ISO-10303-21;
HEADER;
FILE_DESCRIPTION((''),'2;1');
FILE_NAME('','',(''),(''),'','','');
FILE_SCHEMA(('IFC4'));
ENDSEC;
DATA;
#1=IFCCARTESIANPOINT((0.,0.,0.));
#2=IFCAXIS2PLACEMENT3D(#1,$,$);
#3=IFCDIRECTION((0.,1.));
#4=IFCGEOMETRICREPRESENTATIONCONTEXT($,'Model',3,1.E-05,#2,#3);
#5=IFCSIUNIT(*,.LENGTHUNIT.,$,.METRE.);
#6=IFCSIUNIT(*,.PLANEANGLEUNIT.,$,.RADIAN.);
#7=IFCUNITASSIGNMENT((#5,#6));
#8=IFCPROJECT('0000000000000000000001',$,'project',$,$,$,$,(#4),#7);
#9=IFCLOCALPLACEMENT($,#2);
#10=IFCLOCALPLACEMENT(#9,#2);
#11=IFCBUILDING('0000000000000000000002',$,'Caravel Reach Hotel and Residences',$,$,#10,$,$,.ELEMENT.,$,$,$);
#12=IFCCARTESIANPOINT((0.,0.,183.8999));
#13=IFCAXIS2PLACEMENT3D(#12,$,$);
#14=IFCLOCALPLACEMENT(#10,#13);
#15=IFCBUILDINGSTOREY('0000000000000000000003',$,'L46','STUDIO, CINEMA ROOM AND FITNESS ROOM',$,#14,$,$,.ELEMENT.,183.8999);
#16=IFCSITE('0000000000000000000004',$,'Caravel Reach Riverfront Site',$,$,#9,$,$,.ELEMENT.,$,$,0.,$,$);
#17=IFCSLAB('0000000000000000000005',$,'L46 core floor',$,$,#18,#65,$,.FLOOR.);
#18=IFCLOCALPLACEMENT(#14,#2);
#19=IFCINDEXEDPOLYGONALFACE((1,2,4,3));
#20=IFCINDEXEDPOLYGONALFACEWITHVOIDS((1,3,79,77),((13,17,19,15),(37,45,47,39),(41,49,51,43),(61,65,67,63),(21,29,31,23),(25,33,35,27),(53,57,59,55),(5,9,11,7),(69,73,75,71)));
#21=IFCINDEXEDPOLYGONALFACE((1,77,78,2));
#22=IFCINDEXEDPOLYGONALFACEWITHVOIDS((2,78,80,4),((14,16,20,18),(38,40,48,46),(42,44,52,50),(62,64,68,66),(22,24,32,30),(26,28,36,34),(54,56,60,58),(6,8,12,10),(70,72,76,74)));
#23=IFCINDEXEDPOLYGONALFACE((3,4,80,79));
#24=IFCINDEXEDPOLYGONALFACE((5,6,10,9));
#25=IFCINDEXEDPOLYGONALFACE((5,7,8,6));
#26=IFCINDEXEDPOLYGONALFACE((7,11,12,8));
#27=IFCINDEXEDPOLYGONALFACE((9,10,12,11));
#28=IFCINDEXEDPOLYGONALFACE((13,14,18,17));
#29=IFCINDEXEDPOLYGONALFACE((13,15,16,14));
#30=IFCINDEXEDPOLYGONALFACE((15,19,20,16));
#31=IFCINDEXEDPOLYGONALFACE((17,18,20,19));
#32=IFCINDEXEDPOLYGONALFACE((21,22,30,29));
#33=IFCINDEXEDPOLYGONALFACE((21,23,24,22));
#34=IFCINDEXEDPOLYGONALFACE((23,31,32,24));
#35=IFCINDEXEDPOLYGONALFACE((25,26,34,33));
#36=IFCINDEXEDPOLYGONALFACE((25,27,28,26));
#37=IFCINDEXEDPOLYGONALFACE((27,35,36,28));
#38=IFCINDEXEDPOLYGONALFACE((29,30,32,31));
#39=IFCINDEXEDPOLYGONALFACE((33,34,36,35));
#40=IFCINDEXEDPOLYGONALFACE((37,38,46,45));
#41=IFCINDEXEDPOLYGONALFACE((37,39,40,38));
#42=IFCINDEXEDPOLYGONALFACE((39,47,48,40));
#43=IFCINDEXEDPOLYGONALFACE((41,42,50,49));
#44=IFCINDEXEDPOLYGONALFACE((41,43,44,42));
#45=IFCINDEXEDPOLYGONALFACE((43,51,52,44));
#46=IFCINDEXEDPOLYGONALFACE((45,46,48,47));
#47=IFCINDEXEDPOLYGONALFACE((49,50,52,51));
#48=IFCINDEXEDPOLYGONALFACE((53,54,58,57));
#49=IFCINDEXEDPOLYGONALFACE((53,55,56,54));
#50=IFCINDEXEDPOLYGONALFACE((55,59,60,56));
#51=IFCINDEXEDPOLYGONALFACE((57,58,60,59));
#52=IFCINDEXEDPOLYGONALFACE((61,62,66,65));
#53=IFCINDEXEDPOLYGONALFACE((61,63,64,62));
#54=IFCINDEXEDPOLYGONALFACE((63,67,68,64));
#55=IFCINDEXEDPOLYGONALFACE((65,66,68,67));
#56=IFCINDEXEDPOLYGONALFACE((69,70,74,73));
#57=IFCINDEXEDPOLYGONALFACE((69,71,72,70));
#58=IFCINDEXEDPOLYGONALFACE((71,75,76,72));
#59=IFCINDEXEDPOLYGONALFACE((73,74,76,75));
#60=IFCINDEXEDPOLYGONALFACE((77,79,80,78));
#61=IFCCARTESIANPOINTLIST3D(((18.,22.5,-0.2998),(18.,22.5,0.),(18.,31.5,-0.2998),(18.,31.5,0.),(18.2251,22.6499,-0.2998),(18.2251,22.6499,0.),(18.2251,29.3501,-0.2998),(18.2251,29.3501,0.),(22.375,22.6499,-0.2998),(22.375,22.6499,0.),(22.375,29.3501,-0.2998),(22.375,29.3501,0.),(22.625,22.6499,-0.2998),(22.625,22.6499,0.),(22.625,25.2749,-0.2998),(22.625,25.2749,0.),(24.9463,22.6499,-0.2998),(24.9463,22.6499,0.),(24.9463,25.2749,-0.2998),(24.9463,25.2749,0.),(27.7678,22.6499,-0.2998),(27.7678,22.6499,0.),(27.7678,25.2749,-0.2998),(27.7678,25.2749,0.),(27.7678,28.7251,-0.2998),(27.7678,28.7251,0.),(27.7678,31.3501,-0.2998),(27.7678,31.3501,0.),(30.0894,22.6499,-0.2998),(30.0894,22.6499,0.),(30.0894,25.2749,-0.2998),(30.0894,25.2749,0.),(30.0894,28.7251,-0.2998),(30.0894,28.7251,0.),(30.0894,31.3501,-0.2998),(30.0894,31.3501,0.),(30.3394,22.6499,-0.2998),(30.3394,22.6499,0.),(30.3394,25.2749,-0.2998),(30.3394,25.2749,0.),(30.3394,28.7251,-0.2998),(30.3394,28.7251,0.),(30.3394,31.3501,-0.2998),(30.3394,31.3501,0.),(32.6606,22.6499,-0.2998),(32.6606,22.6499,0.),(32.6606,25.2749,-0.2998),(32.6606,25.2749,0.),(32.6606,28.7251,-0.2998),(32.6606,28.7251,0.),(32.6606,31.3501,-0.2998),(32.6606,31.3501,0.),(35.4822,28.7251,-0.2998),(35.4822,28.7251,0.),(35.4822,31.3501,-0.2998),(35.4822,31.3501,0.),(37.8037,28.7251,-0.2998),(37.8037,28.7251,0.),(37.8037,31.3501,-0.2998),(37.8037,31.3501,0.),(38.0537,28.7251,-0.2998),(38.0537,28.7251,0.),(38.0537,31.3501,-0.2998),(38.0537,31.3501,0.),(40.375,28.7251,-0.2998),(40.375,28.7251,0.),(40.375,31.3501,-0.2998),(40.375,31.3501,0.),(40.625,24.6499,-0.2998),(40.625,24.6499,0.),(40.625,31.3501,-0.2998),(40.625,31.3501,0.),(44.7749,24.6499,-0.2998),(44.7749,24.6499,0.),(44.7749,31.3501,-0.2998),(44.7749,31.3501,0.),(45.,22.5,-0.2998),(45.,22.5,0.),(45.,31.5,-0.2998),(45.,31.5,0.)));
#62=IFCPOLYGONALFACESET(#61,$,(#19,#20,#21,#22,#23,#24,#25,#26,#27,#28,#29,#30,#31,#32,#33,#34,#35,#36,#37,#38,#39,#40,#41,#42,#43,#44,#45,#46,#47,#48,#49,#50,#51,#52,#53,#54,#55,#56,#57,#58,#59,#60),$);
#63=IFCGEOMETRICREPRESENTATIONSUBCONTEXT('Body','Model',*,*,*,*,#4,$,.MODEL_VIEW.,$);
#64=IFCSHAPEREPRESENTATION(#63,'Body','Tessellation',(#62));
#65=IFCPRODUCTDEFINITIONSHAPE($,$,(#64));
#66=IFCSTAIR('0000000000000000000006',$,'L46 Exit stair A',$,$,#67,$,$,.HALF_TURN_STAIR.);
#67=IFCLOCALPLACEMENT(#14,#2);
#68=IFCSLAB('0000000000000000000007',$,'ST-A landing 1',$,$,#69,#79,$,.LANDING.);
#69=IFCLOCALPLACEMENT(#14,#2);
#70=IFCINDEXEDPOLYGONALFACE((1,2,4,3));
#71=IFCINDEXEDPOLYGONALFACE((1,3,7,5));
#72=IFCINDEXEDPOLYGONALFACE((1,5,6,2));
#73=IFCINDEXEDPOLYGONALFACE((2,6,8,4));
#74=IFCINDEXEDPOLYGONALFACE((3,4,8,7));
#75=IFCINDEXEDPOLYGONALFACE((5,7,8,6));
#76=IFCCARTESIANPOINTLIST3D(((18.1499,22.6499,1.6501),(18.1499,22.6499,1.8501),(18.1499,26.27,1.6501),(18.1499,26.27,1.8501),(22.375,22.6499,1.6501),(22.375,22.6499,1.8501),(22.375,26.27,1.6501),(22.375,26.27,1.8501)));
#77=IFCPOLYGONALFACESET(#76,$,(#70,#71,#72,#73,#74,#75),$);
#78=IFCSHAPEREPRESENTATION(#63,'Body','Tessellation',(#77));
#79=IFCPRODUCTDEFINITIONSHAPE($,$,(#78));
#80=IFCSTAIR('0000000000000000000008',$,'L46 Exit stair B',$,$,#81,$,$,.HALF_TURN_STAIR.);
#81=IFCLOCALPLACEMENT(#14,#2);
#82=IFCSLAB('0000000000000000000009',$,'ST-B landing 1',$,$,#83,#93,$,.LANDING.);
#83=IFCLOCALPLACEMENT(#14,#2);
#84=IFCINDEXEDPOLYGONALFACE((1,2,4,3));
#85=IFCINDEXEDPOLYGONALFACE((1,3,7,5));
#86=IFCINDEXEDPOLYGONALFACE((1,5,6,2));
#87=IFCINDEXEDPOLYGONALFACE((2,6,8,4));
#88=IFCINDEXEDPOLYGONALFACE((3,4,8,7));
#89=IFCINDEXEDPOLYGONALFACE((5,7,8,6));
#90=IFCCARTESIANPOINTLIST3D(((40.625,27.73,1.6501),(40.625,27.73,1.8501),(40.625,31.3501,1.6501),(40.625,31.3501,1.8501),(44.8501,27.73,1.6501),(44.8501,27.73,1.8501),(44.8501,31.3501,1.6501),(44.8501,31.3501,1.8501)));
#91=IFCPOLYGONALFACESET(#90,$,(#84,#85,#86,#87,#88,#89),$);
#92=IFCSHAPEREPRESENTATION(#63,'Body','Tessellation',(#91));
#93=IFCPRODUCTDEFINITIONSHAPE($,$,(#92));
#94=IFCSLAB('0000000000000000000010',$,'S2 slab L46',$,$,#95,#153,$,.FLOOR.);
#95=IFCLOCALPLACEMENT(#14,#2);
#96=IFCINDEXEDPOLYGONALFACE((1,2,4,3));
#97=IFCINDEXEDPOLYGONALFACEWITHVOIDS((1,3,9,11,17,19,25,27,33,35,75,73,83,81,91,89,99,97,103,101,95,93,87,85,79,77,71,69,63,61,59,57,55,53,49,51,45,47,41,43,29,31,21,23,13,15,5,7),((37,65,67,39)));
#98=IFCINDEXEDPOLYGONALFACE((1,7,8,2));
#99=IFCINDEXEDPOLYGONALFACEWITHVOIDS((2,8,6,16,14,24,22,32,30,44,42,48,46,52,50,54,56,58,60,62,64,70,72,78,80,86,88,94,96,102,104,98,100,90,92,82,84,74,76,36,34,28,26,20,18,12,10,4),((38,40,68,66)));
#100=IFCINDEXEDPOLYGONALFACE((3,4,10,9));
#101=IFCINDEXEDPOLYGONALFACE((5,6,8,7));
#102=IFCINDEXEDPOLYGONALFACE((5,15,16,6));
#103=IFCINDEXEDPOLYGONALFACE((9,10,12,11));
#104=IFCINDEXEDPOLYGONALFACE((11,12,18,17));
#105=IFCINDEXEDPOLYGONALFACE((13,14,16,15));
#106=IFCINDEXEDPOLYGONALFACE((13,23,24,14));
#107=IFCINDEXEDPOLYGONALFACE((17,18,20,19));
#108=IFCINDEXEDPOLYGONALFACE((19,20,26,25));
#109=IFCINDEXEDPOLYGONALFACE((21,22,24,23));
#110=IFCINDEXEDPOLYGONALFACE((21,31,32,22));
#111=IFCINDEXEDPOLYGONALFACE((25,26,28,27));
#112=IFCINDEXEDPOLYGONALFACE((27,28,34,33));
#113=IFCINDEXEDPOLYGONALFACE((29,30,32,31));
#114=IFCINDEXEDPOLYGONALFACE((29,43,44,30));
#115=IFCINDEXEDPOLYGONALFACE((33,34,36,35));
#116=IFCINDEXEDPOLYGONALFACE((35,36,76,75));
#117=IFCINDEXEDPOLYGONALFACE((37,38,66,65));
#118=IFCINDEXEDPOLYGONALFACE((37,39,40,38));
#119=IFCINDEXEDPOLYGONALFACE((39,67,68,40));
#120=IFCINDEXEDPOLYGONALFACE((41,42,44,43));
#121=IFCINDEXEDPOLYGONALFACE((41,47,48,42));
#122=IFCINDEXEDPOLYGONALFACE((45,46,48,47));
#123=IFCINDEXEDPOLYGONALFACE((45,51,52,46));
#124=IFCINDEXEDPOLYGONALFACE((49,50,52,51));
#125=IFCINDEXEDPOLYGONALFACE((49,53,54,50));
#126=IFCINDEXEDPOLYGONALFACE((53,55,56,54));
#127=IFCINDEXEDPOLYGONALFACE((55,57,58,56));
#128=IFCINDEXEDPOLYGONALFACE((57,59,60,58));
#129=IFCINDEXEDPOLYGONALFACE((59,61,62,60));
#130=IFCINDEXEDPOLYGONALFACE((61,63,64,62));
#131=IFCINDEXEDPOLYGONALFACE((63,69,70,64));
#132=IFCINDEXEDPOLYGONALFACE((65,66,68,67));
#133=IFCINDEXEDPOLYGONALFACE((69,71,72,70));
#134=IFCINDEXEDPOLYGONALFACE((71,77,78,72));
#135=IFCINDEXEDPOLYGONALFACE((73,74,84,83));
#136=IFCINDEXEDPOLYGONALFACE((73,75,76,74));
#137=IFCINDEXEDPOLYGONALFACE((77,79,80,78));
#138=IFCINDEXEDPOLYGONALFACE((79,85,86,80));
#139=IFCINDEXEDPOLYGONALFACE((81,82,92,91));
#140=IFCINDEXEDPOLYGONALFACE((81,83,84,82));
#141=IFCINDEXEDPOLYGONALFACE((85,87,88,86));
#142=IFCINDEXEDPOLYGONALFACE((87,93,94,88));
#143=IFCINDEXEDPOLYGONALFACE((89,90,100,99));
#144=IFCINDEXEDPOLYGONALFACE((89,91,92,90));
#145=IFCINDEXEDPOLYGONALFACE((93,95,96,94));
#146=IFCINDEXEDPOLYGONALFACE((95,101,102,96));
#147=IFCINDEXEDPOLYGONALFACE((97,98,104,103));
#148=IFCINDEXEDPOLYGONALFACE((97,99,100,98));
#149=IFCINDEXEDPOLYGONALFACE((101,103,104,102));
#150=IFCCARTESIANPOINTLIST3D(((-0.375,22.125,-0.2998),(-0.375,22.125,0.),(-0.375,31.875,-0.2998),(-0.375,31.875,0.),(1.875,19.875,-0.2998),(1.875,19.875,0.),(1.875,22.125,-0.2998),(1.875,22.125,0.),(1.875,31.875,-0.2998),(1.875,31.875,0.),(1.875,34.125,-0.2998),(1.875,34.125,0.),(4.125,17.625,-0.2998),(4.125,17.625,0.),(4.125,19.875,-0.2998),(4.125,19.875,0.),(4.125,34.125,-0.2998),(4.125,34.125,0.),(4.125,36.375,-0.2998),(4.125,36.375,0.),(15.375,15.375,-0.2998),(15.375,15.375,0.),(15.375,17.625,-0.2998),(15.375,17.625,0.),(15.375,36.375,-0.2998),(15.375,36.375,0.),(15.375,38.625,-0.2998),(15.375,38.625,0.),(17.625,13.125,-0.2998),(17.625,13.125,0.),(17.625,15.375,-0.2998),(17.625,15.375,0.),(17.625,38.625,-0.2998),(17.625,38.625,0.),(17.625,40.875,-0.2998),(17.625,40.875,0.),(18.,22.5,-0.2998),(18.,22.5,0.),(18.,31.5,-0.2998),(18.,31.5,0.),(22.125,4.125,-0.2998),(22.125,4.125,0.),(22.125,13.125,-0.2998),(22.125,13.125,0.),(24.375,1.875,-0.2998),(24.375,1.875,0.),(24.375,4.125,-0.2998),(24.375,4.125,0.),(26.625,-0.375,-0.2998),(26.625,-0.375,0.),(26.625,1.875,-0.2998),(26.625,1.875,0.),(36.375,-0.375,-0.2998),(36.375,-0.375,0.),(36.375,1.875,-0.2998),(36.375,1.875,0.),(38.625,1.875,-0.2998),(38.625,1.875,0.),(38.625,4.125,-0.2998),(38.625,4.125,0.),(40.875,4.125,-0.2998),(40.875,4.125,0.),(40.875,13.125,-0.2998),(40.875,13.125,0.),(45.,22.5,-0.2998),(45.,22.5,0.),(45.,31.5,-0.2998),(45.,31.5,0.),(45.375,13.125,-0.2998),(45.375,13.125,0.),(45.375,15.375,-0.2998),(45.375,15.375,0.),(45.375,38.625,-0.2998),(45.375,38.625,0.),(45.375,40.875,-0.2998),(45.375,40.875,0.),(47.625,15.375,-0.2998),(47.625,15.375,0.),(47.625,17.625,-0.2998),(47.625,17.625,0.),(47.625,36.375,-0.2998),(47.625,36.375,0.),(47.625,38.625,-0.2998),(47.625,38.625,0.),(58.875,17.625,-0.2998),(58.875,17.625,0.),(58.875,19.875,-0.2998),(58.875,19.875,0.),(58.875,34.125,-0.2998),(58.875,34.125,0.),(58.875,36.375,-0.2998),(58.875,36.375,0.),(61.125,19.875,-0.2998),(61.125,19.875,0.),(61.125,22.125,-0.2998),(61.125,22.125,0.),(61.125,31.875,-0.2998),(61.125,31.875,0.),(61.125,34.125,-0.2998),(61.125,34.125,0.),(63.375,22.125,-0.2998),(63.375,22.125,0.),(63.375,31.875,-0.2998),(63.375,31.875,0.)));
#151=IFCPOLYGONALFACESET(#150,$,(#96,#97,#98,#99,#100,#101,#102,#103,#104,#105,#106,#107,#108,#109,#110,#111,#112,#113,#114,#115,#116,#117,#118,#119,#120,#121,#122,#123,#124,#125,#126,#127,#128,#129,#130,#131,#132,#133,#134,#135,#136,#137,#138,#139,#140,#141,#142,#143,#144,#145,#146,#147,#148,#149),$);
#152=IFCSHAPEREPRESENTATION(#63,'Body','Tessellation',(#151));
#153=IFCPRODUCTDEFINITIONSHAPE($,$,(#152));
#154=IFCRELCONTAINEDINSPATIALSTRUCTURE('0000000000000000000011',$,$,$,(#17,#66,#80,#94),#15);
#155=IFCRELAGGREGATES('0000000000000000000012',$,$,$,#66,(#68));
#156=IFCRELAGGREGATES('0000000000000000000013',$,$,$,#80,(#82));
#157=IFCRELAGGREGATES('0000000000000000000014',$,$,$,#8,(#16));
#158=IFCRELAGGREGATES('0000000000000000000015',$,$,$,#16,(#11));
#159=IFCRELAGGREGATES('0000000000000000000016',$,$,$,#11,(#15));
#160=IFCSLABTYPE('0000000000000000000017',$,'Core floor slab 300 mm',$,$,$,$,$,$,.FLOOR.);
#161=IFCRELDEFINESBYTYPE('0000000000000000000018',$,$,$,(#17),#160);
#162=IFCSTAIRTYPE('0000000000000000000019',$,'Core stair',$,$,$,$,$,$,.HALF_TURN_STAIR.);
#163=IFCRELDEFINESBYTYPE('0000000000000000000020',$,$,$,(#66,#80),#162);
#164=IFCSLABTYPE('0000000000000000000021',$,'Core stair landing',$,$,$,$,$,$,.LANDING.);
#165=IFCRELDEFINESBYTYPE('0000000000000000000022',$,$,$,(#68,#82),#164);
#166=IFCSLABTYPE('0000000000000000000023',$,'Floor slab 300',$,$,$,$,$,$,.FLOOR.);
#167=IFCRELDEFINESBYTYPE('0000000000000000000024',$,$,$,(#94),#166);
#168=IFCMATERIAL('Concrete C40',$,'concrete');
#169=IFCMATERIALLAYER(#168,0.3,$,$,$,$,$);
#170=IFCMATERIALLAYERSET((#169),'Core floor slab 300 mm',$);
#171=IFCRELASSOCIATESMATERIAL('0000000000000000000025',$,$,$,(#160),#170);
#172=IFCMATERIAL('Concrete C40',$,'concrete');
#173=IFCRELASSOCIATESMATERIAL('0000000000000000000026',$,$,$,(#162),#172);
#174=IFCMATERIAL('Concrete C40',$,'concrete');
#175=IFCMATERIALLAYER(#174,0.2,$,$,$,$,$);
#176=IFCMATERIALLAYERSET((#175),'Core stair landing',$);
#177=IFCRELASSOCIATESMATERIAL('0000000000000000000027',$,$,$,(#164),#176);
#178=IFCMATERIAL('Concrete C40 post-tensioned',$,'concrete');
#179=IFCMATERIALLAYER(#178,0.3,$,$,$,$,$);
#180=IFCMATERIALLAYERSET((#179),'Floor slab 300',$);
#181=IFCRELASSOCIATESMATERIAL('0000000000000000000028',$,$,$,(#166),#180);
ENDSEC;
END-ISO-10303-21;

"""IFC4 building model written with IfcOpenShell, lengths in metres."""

from ifc_helpers import new_model, si_unit, direction, frame, origin, place, context, subcontext, project, spatial, polyline, outline, extrude, material, layer, layer_set, type_object, element, aggregate, save


model = new_model("IFC4")

# Units and contexts
model_context = context("Model", 3, precision=1e-05, world=origin(), true_north=direction((0.0, 1.0)))
body_context = subcontext(model_context, "Body", "Model", "MODEL_VIEW")
ifc_project = project(units=[si_unit("LENGTHUNIT", "METRE"), si_unit("PLANEANGLEUNIT", "RADIAN")], contexts=[model_context])

# Site, building, storey
site_placement = place(None, origin())
site = spatial("IfcSite", under=ifc_project, at=site_placement, Name="Caravel Reach Riverfront Site", CompositionType="ELEMENT", RefElevation=0.0)
building_placement = place(site_placement, origin())
building = spatial("IfcBuilding", under=site, at=building_placement, Name="Caravel Reach Hotel and Residences", CompositionType="ELEMENT")
storey_placement = place(building_placement, frame((0.0, 0.0, 183.8999)))
storey = spatial("IfcBuildingStorey", under=building, at=storey_placement, Name="L46", Description="STUDIO, CINEMA ROOM AND FITNESS ROOM", CompositionType="ELEMENT", Elevation=183.8999)

# Slab
ifc_material_1 = material(Name="Concrete C40", Category="concrete")
ifc_layer_1 = layer(ifc_material_1, 0.3)
ifc_layer_set_1 = layer_set([ifc_layer_1], Name="Core floor slab 300 mm")
slab_type_1 = type_object("IfcSlabType", Name="Core floor slab 300 mm", PredefinedType="FLOOR", material=ifc_layer_set_1)
slab_1_placement = place(storey_placement, frame((0.0, 0.0, -0.2998)))
element("IfcSlab", 1, at=slab_1_placement, inside=storey, type_object=slab_type_1, Name="L46 core floor", PredefinedType="FLOOR", context=body_context, shape_type="SweptSolid", body=[
    extrude(outline(polyline([(18.0, 31.5), (45.0, 31.5), (45.0, 22.5), (18.0, 22.5), (18.0, 31.5)]), holes=[polyline([(22.625, 25.2749), (22.625, 22.6499), (24.9463, 22.6499), (24.9463, 25.2749), (22.625, 25.2749)]), polyline([(27.7678, 25.2749), (27.7678, 22.6499), (30.0894, 22.6499), (30.0894, 25.2749), (27.7678, 25.2749)]), polyline([(30.3394, 25.2749), (30.3394, 22.6499), (32.6606, 22.6499), (32.6606, 25.2749), (30.3394, 25.2749)]), polyline([(22.375, 22.6499), (22.375, 29.3501), (18.2251, 29.3501), (18.2251, 22.6499), (22.375, 22.6499)]), polyline([(40.625, 31.3501), (40.625, 24.6499), (44.7749, 24.6499), (44.7749, 31.3501), (40.625, 31.3501)]), polyline([(27.7678, 31.3501), (27.7678, 28.7251), (30.0894, 28.7251), (30.0894, 31.3501), (27.7678, 31.3501)]), polyline([(30.3394, 31.3501), (30.3394, 28.7251), (32.6606, 28.7251), (32.6606, 31.3501), (30.3394, 31.3501)]), polyline([(37.8037, 31.3501), (35.4822, 31.3501), (35.4822, 28.7251), (37.8037, 28.7251), (37.8037, 31.3501)]), polyline([(40.375, 31.3501), (38.0537, 31.3501), (38.0537, 28.7251), (40.375, 28.7251), (40.375, 31.3501)])]), origin(), (0.0, 0.0, 1.0), 0.2998),
])

# Stairs, slabs
ifc_material_2 = material(Name="Concrete C40", Category="concrete")
stair_type = type_object("IfcStairType", Name="Core stair", PredefinedType="HALF_TURN_STAIR", material=ifc_material_2)
stair_1_placement = place(storey_placement, origin())
stair_1 = element("IfcStair", 2, at=stair_1_placement, inside=storey, type_object=stair_type, Name="L46 Exit stair A", PredefinedType="HALF_TURN_STAIR")
ifc_material_3 = material(Name="Concrete C40", Category="concrete")
ifc_layer_2 = layer(ifc_material_3, 0.2)
ifc_layer_set_2 = layer_set([ifc_layer_2], Name="Core stair landing")
slab_type_2 = type_object("IfcSlabType", Name="Core stair landing", PredefinedType="LANDING", material=ifc_layer_set_2)
slab_2_placement = place(storey_placement, frame((0.0, 0.0, 1.6501)))
slab_2 = element("IfcSlab", 3, at=slab_2_placement, type_object=slab_type_2, Name="ST-A landing 1", PredefinedType="LANDING", context=body_context, shape_type="SweptSolid", body=[
    extrude(outline(polyline([(18.1499, 26.27), (18.1499, 22.6499), (22.375, 22.6499), (22.375, 26.27), (18.1499, 26.27)])), origin(), (0.0, 0.0, 1.0), 0.2),
])
aggregate(stair_1, [slab_2])
stair_2_placement = place(storey_placement, origin())
stair_2 = element("IfcStair", 4, at=stair_2_placement, inside=storey, type_object=stair_type, Name="L46 Exit stair B", PredefinedType="HALF_TURN_STAIR")
slab_3_placement = place(storey_placement, frame((0.0, 0.0, 1.6501)))
slab_3 = element("IfcSlab", 5, at=slab_3_placement, type_object=slab_type_2, Name="ST-B landing 1", PredefinedType="LANDING", context=body_context, shape_type="SweptSolid", body=[
    extrude(outline(polyline([(44.8501, 27.73), (44.8501, 31.3501), (40.625, 31.3501), (40.625, 27.73), (44.8501, 27.73)])), origin(), (0.0, 0.0, 1.0), 0.2),
])
aggregate(stair_2, [slab_3])

# Slab
ifc_material_4 = material(Name="Concrete C40 post-tensioned", Category="concrete")
ifc_layer_3 = layer(ifc_material_4, 0.3)
ifc_layer_set_3 = layer_set([ifc_layer_3], Name="Floor slab 300")
slab_type_3 = type_object("IfcSlabType", Name="Floor slab 300", PredefinedType="FLOOR", material=ifc_layer_set_3)
slab_4_placement = place(storey_placement, frame((0.0, 0.0, -0.2998)))
element("IfcSlab", 6, at=slab_4_placement, inside=storey, type_object=slab_type_3, Name="S2 slab L46", PredefinedType="FLOOR", context=body_context, shape_type="SweptSolid", body=[
    extrude(outline(polyline([(17.625, 13.125), (17.625, 15.375), (15.375, 15.375), (15.375, 17.625), (4.125, 17.625), (4.125, 19.875), (1.875, 19.875), (1.875, 22.125), (-0.375, 22.125), (-0.375, 31.875), (1.875, 31.875), (1.875, 34.125), (4.125, 34.125), (4.125, 36.375), (15.375, 36.375), (15.375, 38.625), (17.625, 38.625), (17.625, 40.875), (45.375, 40.875), (45.375, 38.625), (47.625, 38.625), (47.625, 36.375), (58.875, 36.375), (58.875, 34.125), (61.125, 34.125), (61.125, 31.875), (63.375, 31.875), (63.375, 22.125), (61.125, 22.125), (61.125, 19.875), (58.875, 19.875), (58.875, 17.625), (47.625, 17.625), (47.625, 15.375), (45.375, 15.375), (45.375, 13.125), (40.875, 13.125), (40.875, 4.125), (38.625, 4.125), (38.625, 1.875), (36.375, 1.875), (36.375, -0.375), (26.625, -0.375), (26.625, 1.875), (24.375, 1.875), (24.375, 4.125), (22.125, 4.125), (22.125, 13.125), (17.625, 13.125)]), holes=[polyline([(45.0, 31.5), (18.0, 31.5), (18.0, 22.5), (45.0, 22.5), (45.0, 31.5)])]), origin(), (0.0, 0.0, 1.0), 0.2998),
])

save(model, "model.ifc")
